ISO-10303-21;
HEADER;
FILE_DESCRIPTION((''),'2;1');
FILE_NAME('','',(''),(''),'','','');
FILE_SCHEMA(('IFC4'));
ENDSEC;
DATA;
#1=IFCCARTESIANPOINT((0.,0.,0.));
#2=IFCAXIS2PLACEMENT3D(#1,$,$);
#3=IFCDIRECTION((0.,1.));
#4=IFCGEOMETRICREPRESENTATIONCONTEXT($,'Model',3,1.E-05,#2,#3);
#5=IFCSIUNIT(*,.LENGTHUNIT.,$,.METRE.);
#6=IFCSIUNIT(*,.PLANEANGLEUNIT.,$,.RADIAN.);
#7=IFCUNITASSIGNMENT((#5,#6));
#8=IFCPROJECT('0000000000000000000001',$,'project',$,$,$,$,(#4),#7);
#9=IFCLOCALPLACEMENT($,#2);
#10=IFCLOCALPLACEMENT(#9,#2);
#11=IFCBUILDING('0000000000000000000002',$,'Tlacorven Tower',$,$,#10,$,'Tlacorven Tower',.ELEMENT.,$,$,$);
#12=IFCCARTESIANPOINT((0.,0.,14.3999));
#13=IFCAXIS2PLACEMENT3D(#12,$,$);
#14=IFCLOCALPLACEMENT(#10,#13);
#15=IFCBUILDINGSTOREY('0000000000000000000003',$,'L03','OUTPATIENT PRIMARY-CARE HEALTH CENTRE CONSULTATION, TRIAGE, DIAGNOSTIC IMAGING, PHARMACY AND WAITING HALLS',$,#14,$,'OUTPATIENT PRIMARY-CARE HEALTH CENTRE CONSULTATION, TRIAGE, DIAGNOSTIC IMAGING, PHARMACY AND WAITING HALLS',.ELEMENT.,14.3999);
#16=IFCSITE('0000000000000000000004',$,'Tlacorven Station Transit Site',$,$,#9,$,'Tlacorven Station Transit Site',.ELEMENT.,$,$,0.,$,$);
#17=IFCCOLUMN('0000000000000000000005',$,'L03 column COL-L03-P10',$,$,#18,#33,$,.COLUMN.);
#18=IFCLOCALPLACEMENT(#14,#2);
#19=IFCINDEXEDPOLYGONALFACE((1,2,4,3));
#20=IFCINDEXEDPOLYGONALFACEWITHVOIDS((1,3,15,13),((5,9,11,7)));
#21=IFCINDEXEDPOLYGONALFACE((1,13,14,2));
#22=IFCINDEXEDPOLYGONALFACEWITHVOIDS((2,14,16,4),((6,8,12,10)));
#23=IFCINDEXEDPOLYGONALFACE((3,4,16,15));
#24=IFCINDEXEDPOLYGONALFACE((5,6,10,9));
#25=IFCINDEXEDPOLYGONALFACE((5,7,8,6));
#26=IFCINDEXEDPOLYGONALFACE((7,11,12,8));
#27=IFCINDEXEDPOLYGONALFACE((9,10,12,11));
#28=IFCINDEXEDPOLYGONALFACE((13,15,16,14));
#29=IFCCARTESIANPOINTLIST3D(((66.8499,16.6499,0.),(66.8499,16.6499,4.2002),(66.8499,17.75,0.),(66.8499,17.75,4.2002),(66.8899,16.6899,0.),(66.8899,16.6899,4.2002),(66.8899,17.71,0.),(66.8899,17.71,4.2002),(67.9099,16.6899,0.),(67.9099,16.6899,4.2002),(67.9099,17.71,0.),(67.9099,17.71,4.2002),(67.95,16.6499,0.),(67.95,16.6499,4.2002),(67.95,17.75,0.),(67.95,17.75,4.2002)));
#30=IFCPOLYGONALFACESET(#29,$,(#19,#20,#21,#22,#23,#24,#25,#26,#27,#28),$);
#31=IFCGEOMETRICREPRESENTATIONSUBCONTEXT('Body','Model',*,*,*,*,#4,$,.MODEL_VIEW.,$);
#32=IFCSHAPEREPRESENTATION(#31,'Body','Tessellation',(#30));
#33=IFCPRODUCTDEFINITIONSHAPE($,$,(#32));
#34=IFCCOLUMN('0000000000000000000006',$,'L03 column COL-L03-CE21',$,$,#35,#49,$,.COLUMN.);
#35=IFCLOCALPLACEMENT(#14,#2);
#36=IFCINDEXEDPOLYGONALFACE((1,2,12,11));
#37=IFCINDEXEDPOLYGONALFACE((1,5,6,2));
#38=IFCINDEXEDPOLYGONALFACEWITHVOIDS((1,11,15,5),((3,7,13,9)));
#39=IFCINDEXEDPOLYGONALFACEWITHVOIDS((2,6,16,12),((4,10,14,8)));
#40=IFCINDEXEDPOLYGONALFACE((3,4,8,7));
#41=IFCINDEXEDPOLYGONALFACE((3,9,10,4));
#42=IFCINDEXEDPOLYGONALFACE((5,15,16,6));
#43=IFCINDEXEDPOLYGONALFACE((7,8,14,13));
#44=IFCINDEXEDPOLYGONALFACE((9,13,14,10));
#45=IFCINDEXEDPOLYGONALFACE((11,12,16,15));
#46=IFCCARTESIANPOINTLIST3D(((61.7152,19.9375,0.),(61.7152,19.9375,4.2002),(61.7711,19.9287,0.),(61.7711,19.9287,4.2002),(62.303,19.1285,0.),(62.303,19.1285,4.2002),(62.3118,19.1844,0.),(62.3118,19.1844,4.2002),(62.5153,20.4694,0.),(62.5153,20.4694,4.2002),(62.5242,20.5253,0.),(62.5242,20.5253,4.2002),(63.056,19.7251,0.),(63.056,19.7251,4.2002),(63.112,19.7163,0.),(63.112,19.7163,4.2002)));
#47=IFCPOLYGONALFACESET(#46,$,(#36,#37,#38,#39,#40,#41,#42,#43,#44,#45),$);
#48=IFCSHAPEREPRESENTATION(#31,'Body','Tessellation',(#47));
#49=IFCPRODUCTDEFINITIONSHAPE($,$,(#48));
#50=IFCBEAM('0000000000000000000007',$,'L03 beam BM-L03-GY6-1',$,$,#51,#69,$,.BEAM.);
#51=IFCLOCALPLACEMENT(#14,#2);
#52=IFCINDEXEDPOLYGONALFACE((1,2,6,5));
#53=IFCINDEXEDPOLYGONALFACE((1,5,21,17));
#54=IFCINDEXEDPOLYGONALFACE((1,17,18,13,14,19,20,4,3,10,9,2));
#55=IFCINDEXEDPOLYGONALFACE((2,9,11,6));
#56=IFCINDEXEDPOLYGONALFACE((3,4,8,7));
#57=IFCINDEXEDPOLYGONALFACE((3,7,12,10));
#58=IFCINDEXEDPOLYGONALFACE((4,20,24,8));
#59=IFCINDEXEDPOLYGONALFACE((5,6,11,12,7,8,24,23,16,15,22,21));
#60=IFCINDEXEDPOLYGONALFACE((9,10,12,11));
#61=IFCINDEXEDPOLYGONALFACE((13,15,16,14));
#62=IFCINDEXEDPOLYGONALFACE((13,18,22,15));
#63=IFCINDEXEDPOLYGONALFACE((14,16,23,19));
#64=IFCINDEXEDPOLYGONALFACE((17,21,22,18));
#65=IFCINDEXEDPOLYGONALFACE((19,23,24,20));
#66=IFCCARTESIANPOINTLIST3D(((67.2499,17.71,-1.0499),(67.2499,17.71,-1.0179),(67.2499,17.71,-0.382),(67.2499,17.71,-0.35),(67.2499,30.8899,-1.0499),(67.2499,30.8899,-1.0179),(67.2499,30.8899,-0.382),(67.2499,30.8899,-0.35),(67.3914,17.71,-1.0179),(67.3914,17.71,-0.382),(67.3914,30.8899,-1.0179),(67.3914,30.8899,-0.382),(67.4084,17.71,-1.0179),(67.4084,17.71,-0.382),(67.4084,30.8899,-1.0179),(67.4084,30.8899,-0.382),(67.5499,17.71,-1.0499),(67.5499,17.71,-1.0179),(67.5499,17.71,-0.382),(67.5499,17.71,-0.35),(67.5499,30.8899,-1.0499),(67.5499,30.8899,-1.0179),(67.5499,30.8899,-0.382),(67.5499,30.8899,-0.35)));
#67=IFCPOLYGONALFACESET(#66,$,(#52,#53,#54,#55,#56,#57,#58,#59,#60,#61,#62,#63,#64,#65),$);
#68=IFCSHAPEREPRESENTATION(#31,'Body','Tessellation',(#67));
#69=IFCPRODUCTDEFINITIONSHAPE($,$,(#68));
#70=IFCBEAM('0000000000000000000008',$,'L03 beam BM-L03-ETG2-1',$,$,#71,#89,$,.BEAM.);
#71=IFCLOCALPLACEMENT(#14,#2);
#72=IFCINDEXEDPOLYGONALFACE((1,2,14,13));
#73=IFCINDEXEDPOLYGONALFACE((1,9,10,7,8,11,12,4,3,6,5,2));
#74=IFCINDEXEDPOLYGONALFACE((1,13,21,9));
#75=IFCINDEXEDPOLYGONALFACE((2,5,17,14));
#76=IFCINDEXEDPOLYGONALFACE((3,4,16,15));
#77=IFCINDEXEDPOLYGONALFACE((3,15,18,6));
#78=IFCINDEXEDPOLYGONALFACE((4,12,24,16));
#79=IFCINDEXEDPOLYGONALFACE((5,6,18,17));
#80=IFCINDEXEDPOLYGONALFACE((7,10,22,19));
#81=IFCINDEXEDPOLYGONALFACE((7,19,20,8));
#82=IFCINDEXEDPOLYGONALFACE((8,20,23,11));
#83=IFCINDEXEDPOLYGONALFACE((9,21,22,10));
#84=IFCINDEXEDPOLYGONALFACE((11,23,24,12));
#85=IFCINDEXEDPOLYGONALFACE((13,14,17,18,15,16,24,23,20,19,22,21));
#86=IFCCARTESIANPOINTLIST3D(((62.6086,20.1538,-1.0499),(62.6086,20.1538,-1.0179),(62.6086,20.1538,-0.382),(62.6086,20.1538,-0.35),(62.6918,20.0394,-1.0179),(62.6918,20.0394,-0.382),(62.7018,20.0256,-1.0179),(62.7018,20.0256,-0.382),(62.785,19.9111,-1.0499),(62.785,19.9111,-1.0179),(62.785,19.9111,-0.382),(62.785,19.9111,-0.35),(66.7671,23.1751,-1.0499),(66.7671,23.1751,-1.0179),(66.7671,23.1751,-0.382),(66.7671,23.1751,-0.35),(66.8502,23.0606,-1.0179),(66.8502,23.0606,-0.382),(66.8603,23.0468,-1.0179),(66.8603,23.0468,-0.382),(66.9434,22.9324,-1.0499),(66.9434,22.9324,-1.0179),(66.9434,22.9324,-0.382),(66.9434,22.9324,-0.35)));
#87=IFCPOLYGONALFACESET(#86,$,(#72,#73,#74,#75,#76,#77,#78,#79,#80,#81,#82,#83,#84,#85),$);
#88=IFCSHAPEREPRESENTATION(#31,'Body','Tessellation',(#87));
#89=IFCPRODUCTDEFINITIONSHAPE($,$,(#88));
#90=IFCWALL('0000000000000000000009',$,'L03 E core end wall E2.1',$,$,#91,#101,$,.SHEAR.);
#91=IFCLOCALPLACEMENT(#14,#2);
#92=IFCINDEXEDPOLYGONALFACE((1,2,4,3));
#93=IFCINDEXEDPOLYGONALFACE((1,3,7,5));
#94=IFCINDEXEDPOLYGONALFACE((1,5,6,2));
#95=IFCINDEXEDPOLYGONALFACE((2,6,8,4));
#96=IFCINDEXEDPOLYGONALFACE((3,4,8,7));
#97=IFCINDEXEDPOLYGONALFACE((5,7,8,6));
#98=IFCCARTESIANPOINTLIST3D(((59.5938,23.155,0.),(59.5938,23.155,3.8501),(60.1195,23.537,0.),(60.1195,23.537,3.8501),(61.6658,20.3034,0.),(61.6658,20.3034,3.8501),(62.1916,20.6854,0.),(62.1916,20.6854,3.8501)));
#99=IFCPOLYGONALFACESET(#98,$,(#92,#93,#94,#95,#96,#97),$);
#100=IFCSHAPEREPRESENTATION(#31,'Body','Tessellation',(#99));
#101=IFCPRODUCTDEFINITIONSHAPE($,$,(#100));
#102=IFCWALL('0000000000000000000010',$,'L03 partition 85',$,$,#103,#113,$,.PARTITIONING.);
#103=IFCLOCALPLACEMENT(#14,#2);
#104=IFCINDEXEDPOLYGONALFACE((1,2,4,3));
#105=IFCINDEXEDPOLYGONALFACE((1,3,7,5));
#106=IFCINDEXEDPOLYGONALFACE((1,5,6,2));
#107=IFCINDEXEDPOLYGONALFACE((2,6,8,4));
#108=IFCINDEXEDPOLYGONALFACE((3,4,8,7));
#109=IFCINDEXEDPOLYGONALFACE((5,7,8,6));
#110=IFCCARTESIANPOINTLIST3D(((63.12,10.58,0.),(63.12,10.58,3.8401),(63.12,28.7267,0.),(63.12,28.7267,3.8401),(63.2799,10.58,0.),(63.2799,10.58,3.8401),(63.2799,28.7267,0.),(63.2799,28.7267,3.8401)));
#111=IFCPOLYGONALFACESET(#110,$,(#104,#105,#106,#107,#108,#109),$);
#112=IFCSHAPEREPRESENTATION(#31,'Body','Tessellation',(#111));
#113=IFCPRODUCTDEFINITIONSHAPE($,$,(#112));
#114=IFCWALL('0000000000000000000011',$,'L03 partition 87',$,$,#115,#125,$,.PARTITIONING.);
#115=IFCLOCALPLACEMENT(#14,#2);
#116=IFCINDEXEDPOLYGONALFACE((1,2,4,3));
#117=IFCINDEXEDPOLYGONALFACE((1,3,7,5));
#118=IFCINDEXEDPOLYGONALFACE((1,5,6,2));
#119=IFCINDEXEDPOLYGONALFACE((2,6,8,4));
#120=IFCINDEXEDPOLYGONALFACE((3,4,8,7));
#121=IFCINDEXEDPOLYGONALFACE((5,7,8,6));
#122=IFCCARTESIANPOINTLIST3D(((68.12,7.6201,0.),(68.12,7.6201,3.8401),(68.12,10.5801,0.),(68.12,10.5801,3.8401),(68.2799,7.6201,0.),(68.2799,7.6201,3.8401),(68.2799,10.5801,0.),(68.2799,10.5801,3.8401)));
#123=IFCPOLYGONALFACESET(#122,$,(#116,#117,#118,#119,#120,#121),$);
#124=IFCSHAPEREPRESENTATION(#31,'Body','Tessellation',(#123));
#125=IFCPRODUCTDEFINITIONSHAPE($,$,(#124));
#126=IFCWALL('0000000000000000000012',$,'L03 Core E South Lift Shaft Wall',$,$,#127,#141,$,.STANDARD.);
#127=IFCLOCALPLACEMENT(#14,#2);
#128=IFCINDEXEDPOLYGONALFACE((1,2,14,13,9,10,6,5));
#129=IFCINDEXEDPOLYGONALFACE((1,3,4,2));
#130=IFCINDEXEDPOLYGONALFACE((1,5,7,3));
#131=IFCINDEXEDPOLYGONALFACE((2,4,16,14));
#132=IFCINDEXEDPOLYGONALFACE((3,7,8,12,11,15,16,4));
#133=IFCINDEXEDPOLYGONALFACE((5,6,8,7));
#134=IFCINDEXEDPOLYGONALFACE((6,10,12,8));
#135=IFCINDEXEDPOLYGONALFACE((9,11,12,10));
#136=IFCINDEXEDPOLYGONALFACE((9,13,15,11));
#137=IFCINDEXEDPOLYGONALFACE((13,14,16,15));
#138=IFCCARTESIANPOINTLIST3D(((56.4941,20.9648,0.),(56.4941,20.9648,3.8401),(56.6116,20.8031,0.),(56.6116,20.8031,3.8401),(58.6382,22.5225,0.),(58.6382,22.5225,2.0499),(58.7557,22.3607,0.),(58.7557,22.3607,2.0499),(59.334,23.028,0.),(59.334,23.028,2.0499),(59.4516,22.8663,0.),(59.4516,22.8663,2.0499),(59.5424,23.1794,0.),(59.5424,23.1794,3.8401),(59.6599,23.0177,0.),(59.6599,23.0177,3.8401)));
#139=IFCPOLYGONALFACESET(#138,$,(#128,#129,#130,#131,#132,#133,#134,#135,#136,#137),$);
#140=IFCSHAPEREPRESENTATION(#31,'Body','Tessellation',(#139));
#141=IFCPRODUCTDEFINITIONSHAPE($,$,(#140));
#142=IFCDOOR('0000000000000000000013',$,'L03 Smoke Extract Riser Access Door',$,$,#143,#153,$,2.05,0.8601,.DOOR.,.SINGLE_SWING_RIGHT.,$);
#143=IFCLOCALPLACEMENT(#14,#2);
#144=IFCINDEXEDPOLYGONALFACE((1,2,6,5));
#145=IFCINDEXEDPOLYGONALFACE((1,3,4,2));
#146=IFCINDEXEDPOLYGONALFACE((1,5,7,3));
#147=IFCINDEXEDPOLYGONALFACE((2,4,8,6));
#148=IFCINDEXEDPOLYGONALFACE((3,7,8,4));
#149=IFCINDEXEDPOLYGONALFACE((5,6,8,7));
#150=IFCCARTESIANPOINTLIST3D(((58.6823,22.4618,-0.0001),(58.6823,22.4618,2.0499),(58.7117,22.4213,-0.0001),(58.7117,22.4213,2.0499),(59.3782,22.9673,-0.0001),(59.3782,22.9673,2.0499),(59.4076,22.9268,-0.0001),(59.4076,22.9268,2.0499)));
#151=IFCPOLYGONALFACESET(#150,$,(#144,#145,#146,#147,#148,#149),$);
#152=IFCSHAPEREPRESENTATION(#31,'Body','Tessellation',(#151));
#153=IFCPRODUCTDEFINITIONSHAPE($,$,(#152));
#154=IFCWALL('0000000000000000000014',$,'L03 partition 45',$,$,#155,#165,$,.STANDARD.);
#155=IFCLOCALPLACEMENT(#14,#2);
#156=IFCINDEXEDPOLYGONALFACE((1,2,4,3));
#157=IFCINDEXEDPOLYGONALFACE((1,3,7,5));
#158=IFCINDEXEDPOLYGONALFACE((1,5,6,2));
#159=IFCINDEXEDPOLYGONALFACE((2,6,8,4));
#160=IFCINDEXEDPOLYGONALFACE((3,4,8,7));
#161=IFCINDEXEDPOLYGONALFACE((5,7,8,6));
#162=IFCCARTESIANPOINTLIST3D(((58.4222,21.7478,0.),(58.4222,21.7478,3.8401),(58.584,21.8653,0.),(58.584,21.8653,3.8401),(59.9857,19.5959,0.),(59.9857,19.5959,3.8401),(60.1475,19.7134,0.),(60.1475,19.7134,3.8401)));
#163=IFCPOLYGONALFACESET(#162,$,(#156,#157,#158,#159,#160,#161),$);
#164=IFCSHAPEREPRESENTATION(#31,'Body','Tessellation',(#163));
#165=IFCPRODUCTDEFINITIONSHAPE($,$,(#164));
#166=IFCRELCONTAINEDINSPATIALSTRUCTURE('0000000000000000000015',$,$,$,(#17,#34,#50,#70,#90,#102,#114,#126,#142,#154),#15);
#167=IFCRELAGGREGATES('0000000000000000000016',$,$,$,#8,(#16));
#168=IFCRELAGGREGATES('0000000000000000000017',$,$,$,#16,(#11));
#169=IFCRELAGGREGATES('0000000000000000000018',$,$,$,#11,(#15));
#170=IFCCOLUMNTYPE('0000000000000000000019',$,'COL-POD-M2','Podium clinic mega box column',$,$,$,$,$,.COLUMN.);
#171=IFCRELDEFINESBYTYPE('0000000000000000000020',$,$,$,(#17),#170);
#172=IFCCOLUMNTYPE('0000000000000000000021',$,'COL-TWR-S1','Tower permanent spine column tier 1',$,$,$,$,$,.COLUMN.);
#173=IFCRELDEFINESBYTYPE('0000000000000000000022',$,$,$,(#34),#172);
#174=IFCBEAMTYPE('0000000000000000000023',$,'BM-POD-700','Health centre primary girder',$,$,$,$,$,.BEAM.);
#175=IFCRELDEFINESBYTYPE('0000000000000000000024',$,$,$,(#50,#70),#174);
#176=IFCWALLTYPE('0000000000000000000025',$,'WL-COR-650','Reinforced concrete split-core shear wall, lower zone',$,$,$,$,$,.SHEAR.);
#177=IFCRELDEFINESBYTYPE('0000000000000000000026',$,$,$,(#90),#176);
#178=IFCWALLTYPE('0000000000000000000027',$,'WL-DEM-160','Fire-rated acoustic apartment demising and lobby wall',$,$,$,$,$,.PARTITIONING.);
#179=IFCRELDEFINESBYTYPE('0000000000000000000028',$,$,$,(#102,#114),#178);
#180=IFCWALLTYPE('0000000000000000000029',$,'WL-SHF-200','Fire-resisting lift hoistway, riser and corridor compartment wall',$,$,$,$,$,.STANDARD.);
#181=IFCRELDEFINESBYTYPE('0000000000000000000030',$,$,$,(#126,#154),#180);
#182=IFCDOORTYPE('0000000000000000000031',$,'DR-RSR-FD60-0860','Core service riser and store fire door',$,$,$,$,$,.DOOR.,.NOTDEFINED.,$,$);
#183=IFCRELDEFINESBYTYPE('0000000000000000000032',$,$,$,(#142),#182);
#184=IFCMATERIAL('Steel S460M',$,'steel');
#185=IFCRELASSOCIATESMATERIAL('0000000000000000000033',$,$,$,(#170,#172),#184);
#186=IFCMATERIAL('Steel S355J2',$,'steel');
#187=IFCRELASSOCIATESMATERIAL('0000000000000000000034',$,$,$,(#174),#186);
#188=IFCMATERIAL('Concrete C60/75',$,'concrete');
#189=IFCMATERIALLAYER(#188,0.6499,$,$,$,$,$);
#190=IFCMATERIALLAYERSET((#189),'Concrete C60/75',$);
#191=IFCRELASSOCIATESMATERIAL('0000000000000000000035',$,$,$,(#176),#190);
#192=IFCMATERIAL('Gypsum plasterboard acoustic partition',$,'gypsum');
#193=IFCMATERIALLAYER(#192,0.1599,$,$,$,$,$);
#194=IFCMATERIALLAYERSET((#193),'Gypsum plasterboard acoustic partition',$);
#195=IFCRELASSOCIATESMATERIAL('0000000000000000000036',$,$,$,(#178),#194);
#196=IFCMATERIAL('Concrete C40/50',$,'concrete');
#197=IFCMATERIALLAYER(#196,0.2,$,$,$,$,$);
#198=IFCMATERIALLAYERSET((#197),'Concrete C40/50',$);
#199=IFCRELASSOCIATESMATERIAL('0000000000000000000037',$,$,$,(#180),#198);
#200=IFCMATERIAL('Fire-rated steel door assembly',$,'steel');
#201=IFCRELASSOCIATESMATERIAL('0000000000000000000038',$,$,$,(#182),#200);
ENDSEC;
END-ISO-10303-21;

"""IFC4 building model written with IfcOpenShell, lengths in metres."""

from ifc_helpers import new_model, si_unit, direction, frame, frame_2d, origin, origin_2d, place, context, subcontext, project, spatial, rectangle, hollow_rectangle, i_section, extrude, source, transform, mapped, material, layer, layer_set, material_profile, profile_set, type_object, element, fill, save


model = new_model("IFC4")

# Units and contexts
model_context = context("Model", 3, precision=1e-05, world=origin(), true_north=direction((0.0, 1.0)))
body_context = subcontext(model_context, "Body", "Model", "MODEL_VIEW")
ifc_project = project(units=[si_unit("LENGTHUNIT", "METRE"), si_unit("PLANEANGLEUNIT", "RADIAN")], contexts=[model_context])

# Site, building, storey
site_placement = place(None, origin())
site = spatial("IfcSite", under=ifc_project, at=site_placement, Name="Tlacorven Station Transit Site", LongName="Tlacorven Station Transit Site", CompositionType="ELEMENT", RefElevation=0.0)
building_placement = place(site_placement, origin())
building = spatial("IfcBuilding", under=site, at=building_placement, Name="Tlacorven Tower", LongName="Tlacorven Tower", CompositionType="ELEMENT")
storey_placement = place(building_placement, frame((0.0, 0.0, 14.3999)))
storey = spatial("IfcBuildingStorey", under=building, at=storey_placement, Name="L03", Description="OUTPATIENT PRIMARY-CARE HEALTH CENTRE CONSULTATION, TRIAGE, DIAGNOSTIC IMAGING, PHARMACY AND WAITING HALLS", LongName="OUTPATIENT PRIMARY-CARE HEALTH CENTRE CONSULTATION, TRIAGE, DIAGNOSTIC IMAGING, PHARMACY AND WAITING HALLS", CompositionType="ELEMENT", Elevation=14.3999)

# Columns
ifc_material_1 = material(Name="Steel S460M", Category="steel")
ifc_material_profile_1 = material_profile(ifc_material_1, hollow_rectangle(XDim=1.1001, YDim=1.1001, WallThickness=0.04, at=origin_2d()), Name="BOX 1100X1100X40")
ifc_profile_set_1 = profile_set([ifc_material_profile_1], Name="Steel S460M")
column_type_1 = type_object("IfcColumnType", Name="COL-POD-M2", Description="Podium clinic mega box column", PredefinedType="COLUMN", material=ifc_profile_set_1)
shared_shape_1 = source(origin(), body_context, "Body", "SweptSolid", [
    extrude(hollow_rectangle(XDim=1.1001, YDim=1.1001, WallThickness=0.04, at=origin_2d()), origin(), (0.0, 0.0, 1.0), 4.2002),
])
column_1_placement = place(storey_placement, frame((67.3999, 17.2, 0.0), z_axis=(0.0, 0.0, 1.0), x_axis=(1.0, 0.0, 0.0)))
element("IfcColumn", 1, at=column_1_placement, inside=storey, type_object=column_type_1, Name="L03 column COL-L03-P10", PredefinedType="COLUMN", context=body_context, shape_type="MappedRepresentation", body=[
    mapped(shared_shape_1, transform((0.0, 0.0, 0.0), scale=1.0)),
])
ifc_material_profile_2 = material_profile(ifc_material_1, hollow_rectangle(XDim=1.0, YDim=1.0, WallThickness=0.04, at=origin_2d()), Name="BOX 1000X1000X40")
ifc_profile_set_2 = profile_set([ifc_material_profile_2], Name="Steel S460M")
column_type_2 = type_object("IfcColumnType", Name="COL-TWR-S1", Description="Tower permanent spine column tier 1", PredefinedType="COLUMN", material=ifc_profile_set_2)
shared_shape_2 = source(origin(), body_context, "Body", "SweptSolid", [
    extrude(hollow_rectangle(XDim=1.0, YDim=1.0, WallThickness=0.04, at=origin_2d()), origin(), (0.0, 0.0, 1.0), 4.2002),
])
column_2_placement = place(storey_placement, frame((62.4136, 19.8269, 0.0), z_axis=(0.0, 0.0, 1.0), x_axis=(0.809017, 0.587785, 0.0)))
element("IfcColumn", 2, at=column_2_placement, inside=storey, type_object=column_type_2, Name="L03 column COL-L03-CE21", PredefinedType="COLUMN", context=body_context, shape_type="MappedRepresentation", body=[
    mapped(shared_shape_2, transform((0.0, 0.0, 0.0), scale=1.0)),
])

# Beams
ifc_material_2 = material(Name="Steel S355J2", Category="steel")
ifc_material_profile_3 = material_profile(ifc_material_2, i_section(OverallWidth=0.3, OverallDepth=0.7, WebThickness=0.0171, FlangeThickness=0.032, at=origin_2d()), Name="HEB 700")
ifc_profile_set_3 = profile_set([ifc_material_profile_3], Name="Steel S355J2")
beam_type = type_object("IfcBeamType", Name="BM-POD-700", Description="Health centre primary girder", PredefinedType="BEAM", material=ifc_profile_set_3)
shared_shape_3 = source(origin(), body_context, "Body", "SweptSolid", [
    extrude(i_section(OverallWidth=0.3, OverallDepth=0.7, WebThickness=0.0171, FlangeThickness=0.032, at=origin_2d()), origin(), (0.0, 0.0, 1.0), 13.1799),
])
beam_1_placement = place(storey_placement, frame((67.3999, 17.71, -0.7), z_axis=(0.0, 1.0, 0.0), x_axis=(-1.0, 0.0, 0.0)))
element("IfcBeam", 3, at=beam_1_placement, inside=storey, type_object=beam_type, Name="L03 beam BM-L03-GY6-1", PredefinedType="BEAM", context=body_context, shape_type="MappedRepresentation", body=[
    mapped(shared_shape_3, transform((0.0, 0.0, 0.0), scale=1.0)),
])
shared_shape_4 = source(origin(), body_context, "Body", "SweptSolid", [
    extrude(i_section(OverallWidth=0.3, OverallDepth=0.7, WebThickness=0.0171, FlangeThickness=0.032, at=origin_2d()), origin(), (0.0, 0.0, 1.0), 5.1401),
])
beam_2_placement = place(storey_placement, frame((62.6968, 20.0325, -0.7), z_axis=(0.809021, 0.587779, 0.0), x_axis=(-0.587779, 0.809021, 0.0)))
element("IfcBeam", 4, at=beam_2_placement, inside=storey, type_object=beam_type, Name="L03 beam BM-L03-ETG2-1", PredefinedType="BEAM", context=body_context, shape_type="MappedRepresentation", body=[
    mapped(shared_shape_4, transform((0.0, 0.0, 0.0), scale=1.0)),
])

# Walls
ifc_material_3 = material(Name="Concrete C60/75", Category="concrete")
ifc_layer_1 = layer(ifc_material_3, 0.6499)
ifc_layer_set_1 = layer_set([ifc_layer_1], Name="Concrete C60/75")
wall_type_1 = type_object("IfcWallType", Name="WL-COR-650", Description="Reinforced concrete split-core shear wall, lower zone", PredefinedType="SHEAR", material=ifc_layer_set_1)
wall_1_placement = place(storey_placement, frame((61.9287, 20.4944, 0.0), z_axis=(0.0, 0.0, 1.0), x_axis=(-0.58783, 0.808985, 0.0)))
element("IfcWall", 5, at=wall_1_placement, inside=storey, type_object=wall_type_1, Name="L03 E core end wall E2.1", PredefinedType="SHEAR", context=body_context, shape_type="SweptSolid", body=[
    extrude(rectangle(XDim=3.5249, YDim=0.6499, at=frame_2d((1.7625, 0.0))), origin(), (0.0, 0.0, 1.0), 3.8501),
])
ifc_material_4 = material(Name="Gypsum plasterboard acoustic partition", Category="gypsum")
ifc_layer_2 = layer(ifc_material_4, 0.1599)
ifc_layer_set_2 = layer_set([ifc_layer_2], Name="Gypsum plasterboard acoustic partition")
wall_type_2 = type_object("IfcWallType", Name="WL-DEM-160", Description="Fire-rated acoustic apartment demising and lobby wall", PredefinedType="PARTITIONING", material=ifc_layer_set_2)
wall_2_placement = place(storey_placement, frame((63.2, 10.5801, 0.0), z_axis=(0.0, 0.0, 1.0), x_axis=(0.0, 1.0, 0.0)))
element("IfcWall", 6, at=wall_2_placement, inside=storey, type_object=wall_type_2, Name="L03 partition 85", PredefinedType="PARTITIONING", context=body_context, shape_type="SweptSolid", body=[
    extrude(rectangle(XDim=18.1467, YDim=0.1599, at=frame_2d((9.0732, 0.0))), origin(), (0.0, 0.0, 1.0), 3.8401),
])
wall_3_placement = place(storey_placement, frame((68.2, 7.6201, 0.0), z_axis=(0.0, 0.0, 1.0), x_axis=(0.0, 1.0, 0.0)))
element("IfcWall", 7, at=wall_3_placement, inside=storey, type_object=wall_type_2, Name="L03 partition 87", PredefinedType="PARTITIONING", context=body_context, shape_type="SweptSolid", body=[
    extrude(rectangle(XDim=2.96, YDim=0.1599, at=frame_2d((1.48, 0.0))), origin(), (0.0, 0.0, 1.0), 3.8401),
])

# Wall, opening, door
ifc_material_5 = material(Name="Concrete C40/50", Category="concrete")
ifc_layer_3 = layer(ifc_material_5, 0.2)
ifc_layer_set_3 = layer_set([ifc_layer_3], Name="Concrete C40/50")
wall_type_3 = type_object("IfcWallType", Name="WL-SHF-200", Description="Fire-resisting lift hoistway, riser and corridor compartment wall", PredefinedType="STANDARD", material=ifc_layer_set_3)
wall_4_placement = place(storey_placement, frame((56.553, 20.884, 0.0), z_axis=(0.0, 0.0, 1.0), x_axis=(0.809036, 0.587759, 0.0)))
wall_4 = element("IfcWall", 8, at=wall_4_placement, inside=storey, type_object=wall_type_3, Name="L03 Core E South Lift Shaft Wall", PredefinedType="STANDARD", context=body_context, shape_type="SweptSolid", body=[
    extrude(rectangle(XDim=3.7678, YDim=0.2, at=frame_2d((1.8838, 0.0))), origin(), (0.0, 0.0, 1.0), 3.8401),
])
opening_placement = place(wall_4_placement, frame((2.6499, 0.0, 0.0)))
opening = element("IfcOpeningElement", 9, at=opening_placement, cuts=wall_4, PredefinedType="OPENING", context=body_context, shape_type="SweptSolid", body=[
    extrude(rectangle(XDim=0.8601, YDim=2.05, at=frame_2d((0.4302, 1.0249))), frame((0.0, 0.1099, 0.0), z_axis=(0.0, -1.0, 0.0), x_axis=(1.0, 0.0, 0.0)), (0.0, 0.0, 1.0), 0.22),
])
ifc_material_6 = material(Name="Fire-rated steel door assembly", Category="steel")
door_type = type_object("IfcDoorType", Name="DR-RSR-FD60-0860", Description="Core service riser and store fire door", OperationType="NOTDEFINED", PredefinedType="DOOR", material=ifc_material_6)
shared_shape_5 = source(origin(), body_context, "Body", "SweptSolid", [
    extrude(rectangle(XDim=0.8601, YDim=2.05, at=frame_2d((0.4302, 1.0249))), frame((0.0, 0.0249, 0.0), z_axis=(0.0, -1.0, 0.0), x_axis=(1.0, 0.0, 0.0)), (0.0, 0.0, 1.0), 0.05),
])
door_placement = place(opening_placement, origin())
door = element("IfcDoor", 10, at=door_placement, inside=storey, type_object=door_type, Name="L03 Smoke Extract Riser Access Door", OperationType="SINGLE_SWING_RIGHT", OverallHeight=2.05, OverallWidth=0.8601, PredefinedType="DOOR", context=body_context, shape_type="MappedRepresentation", body=[
    mapped(shared_shape_5, transform((0.0, 0.0, 0.0), scale=1.0)),
])
fill(opening, door)

# Wall
wall_5_placement = place(storey_placement, frame((60.0667, 19.6545, 0.0), z_axis=(0.0, 0.0, 1.0), x_axis=(-0.587801, 0.809006, 0.0)))
element("IfcWall", 11, at=wall_5_placement, inside=storey, type_object=wall_type_3, Name="L03 partition 45", PredefinedType="STANDARD", context=body_context, shape_type="SweptSolid", body=[
    extrude(rectangle(XDim=2.6599, YDim=0.2, at=frame_2d((1.3301, 0.0))), origin(), (0.0, 0.0, 1.0), 3.8401),
])

save(model, "model.ifc")
